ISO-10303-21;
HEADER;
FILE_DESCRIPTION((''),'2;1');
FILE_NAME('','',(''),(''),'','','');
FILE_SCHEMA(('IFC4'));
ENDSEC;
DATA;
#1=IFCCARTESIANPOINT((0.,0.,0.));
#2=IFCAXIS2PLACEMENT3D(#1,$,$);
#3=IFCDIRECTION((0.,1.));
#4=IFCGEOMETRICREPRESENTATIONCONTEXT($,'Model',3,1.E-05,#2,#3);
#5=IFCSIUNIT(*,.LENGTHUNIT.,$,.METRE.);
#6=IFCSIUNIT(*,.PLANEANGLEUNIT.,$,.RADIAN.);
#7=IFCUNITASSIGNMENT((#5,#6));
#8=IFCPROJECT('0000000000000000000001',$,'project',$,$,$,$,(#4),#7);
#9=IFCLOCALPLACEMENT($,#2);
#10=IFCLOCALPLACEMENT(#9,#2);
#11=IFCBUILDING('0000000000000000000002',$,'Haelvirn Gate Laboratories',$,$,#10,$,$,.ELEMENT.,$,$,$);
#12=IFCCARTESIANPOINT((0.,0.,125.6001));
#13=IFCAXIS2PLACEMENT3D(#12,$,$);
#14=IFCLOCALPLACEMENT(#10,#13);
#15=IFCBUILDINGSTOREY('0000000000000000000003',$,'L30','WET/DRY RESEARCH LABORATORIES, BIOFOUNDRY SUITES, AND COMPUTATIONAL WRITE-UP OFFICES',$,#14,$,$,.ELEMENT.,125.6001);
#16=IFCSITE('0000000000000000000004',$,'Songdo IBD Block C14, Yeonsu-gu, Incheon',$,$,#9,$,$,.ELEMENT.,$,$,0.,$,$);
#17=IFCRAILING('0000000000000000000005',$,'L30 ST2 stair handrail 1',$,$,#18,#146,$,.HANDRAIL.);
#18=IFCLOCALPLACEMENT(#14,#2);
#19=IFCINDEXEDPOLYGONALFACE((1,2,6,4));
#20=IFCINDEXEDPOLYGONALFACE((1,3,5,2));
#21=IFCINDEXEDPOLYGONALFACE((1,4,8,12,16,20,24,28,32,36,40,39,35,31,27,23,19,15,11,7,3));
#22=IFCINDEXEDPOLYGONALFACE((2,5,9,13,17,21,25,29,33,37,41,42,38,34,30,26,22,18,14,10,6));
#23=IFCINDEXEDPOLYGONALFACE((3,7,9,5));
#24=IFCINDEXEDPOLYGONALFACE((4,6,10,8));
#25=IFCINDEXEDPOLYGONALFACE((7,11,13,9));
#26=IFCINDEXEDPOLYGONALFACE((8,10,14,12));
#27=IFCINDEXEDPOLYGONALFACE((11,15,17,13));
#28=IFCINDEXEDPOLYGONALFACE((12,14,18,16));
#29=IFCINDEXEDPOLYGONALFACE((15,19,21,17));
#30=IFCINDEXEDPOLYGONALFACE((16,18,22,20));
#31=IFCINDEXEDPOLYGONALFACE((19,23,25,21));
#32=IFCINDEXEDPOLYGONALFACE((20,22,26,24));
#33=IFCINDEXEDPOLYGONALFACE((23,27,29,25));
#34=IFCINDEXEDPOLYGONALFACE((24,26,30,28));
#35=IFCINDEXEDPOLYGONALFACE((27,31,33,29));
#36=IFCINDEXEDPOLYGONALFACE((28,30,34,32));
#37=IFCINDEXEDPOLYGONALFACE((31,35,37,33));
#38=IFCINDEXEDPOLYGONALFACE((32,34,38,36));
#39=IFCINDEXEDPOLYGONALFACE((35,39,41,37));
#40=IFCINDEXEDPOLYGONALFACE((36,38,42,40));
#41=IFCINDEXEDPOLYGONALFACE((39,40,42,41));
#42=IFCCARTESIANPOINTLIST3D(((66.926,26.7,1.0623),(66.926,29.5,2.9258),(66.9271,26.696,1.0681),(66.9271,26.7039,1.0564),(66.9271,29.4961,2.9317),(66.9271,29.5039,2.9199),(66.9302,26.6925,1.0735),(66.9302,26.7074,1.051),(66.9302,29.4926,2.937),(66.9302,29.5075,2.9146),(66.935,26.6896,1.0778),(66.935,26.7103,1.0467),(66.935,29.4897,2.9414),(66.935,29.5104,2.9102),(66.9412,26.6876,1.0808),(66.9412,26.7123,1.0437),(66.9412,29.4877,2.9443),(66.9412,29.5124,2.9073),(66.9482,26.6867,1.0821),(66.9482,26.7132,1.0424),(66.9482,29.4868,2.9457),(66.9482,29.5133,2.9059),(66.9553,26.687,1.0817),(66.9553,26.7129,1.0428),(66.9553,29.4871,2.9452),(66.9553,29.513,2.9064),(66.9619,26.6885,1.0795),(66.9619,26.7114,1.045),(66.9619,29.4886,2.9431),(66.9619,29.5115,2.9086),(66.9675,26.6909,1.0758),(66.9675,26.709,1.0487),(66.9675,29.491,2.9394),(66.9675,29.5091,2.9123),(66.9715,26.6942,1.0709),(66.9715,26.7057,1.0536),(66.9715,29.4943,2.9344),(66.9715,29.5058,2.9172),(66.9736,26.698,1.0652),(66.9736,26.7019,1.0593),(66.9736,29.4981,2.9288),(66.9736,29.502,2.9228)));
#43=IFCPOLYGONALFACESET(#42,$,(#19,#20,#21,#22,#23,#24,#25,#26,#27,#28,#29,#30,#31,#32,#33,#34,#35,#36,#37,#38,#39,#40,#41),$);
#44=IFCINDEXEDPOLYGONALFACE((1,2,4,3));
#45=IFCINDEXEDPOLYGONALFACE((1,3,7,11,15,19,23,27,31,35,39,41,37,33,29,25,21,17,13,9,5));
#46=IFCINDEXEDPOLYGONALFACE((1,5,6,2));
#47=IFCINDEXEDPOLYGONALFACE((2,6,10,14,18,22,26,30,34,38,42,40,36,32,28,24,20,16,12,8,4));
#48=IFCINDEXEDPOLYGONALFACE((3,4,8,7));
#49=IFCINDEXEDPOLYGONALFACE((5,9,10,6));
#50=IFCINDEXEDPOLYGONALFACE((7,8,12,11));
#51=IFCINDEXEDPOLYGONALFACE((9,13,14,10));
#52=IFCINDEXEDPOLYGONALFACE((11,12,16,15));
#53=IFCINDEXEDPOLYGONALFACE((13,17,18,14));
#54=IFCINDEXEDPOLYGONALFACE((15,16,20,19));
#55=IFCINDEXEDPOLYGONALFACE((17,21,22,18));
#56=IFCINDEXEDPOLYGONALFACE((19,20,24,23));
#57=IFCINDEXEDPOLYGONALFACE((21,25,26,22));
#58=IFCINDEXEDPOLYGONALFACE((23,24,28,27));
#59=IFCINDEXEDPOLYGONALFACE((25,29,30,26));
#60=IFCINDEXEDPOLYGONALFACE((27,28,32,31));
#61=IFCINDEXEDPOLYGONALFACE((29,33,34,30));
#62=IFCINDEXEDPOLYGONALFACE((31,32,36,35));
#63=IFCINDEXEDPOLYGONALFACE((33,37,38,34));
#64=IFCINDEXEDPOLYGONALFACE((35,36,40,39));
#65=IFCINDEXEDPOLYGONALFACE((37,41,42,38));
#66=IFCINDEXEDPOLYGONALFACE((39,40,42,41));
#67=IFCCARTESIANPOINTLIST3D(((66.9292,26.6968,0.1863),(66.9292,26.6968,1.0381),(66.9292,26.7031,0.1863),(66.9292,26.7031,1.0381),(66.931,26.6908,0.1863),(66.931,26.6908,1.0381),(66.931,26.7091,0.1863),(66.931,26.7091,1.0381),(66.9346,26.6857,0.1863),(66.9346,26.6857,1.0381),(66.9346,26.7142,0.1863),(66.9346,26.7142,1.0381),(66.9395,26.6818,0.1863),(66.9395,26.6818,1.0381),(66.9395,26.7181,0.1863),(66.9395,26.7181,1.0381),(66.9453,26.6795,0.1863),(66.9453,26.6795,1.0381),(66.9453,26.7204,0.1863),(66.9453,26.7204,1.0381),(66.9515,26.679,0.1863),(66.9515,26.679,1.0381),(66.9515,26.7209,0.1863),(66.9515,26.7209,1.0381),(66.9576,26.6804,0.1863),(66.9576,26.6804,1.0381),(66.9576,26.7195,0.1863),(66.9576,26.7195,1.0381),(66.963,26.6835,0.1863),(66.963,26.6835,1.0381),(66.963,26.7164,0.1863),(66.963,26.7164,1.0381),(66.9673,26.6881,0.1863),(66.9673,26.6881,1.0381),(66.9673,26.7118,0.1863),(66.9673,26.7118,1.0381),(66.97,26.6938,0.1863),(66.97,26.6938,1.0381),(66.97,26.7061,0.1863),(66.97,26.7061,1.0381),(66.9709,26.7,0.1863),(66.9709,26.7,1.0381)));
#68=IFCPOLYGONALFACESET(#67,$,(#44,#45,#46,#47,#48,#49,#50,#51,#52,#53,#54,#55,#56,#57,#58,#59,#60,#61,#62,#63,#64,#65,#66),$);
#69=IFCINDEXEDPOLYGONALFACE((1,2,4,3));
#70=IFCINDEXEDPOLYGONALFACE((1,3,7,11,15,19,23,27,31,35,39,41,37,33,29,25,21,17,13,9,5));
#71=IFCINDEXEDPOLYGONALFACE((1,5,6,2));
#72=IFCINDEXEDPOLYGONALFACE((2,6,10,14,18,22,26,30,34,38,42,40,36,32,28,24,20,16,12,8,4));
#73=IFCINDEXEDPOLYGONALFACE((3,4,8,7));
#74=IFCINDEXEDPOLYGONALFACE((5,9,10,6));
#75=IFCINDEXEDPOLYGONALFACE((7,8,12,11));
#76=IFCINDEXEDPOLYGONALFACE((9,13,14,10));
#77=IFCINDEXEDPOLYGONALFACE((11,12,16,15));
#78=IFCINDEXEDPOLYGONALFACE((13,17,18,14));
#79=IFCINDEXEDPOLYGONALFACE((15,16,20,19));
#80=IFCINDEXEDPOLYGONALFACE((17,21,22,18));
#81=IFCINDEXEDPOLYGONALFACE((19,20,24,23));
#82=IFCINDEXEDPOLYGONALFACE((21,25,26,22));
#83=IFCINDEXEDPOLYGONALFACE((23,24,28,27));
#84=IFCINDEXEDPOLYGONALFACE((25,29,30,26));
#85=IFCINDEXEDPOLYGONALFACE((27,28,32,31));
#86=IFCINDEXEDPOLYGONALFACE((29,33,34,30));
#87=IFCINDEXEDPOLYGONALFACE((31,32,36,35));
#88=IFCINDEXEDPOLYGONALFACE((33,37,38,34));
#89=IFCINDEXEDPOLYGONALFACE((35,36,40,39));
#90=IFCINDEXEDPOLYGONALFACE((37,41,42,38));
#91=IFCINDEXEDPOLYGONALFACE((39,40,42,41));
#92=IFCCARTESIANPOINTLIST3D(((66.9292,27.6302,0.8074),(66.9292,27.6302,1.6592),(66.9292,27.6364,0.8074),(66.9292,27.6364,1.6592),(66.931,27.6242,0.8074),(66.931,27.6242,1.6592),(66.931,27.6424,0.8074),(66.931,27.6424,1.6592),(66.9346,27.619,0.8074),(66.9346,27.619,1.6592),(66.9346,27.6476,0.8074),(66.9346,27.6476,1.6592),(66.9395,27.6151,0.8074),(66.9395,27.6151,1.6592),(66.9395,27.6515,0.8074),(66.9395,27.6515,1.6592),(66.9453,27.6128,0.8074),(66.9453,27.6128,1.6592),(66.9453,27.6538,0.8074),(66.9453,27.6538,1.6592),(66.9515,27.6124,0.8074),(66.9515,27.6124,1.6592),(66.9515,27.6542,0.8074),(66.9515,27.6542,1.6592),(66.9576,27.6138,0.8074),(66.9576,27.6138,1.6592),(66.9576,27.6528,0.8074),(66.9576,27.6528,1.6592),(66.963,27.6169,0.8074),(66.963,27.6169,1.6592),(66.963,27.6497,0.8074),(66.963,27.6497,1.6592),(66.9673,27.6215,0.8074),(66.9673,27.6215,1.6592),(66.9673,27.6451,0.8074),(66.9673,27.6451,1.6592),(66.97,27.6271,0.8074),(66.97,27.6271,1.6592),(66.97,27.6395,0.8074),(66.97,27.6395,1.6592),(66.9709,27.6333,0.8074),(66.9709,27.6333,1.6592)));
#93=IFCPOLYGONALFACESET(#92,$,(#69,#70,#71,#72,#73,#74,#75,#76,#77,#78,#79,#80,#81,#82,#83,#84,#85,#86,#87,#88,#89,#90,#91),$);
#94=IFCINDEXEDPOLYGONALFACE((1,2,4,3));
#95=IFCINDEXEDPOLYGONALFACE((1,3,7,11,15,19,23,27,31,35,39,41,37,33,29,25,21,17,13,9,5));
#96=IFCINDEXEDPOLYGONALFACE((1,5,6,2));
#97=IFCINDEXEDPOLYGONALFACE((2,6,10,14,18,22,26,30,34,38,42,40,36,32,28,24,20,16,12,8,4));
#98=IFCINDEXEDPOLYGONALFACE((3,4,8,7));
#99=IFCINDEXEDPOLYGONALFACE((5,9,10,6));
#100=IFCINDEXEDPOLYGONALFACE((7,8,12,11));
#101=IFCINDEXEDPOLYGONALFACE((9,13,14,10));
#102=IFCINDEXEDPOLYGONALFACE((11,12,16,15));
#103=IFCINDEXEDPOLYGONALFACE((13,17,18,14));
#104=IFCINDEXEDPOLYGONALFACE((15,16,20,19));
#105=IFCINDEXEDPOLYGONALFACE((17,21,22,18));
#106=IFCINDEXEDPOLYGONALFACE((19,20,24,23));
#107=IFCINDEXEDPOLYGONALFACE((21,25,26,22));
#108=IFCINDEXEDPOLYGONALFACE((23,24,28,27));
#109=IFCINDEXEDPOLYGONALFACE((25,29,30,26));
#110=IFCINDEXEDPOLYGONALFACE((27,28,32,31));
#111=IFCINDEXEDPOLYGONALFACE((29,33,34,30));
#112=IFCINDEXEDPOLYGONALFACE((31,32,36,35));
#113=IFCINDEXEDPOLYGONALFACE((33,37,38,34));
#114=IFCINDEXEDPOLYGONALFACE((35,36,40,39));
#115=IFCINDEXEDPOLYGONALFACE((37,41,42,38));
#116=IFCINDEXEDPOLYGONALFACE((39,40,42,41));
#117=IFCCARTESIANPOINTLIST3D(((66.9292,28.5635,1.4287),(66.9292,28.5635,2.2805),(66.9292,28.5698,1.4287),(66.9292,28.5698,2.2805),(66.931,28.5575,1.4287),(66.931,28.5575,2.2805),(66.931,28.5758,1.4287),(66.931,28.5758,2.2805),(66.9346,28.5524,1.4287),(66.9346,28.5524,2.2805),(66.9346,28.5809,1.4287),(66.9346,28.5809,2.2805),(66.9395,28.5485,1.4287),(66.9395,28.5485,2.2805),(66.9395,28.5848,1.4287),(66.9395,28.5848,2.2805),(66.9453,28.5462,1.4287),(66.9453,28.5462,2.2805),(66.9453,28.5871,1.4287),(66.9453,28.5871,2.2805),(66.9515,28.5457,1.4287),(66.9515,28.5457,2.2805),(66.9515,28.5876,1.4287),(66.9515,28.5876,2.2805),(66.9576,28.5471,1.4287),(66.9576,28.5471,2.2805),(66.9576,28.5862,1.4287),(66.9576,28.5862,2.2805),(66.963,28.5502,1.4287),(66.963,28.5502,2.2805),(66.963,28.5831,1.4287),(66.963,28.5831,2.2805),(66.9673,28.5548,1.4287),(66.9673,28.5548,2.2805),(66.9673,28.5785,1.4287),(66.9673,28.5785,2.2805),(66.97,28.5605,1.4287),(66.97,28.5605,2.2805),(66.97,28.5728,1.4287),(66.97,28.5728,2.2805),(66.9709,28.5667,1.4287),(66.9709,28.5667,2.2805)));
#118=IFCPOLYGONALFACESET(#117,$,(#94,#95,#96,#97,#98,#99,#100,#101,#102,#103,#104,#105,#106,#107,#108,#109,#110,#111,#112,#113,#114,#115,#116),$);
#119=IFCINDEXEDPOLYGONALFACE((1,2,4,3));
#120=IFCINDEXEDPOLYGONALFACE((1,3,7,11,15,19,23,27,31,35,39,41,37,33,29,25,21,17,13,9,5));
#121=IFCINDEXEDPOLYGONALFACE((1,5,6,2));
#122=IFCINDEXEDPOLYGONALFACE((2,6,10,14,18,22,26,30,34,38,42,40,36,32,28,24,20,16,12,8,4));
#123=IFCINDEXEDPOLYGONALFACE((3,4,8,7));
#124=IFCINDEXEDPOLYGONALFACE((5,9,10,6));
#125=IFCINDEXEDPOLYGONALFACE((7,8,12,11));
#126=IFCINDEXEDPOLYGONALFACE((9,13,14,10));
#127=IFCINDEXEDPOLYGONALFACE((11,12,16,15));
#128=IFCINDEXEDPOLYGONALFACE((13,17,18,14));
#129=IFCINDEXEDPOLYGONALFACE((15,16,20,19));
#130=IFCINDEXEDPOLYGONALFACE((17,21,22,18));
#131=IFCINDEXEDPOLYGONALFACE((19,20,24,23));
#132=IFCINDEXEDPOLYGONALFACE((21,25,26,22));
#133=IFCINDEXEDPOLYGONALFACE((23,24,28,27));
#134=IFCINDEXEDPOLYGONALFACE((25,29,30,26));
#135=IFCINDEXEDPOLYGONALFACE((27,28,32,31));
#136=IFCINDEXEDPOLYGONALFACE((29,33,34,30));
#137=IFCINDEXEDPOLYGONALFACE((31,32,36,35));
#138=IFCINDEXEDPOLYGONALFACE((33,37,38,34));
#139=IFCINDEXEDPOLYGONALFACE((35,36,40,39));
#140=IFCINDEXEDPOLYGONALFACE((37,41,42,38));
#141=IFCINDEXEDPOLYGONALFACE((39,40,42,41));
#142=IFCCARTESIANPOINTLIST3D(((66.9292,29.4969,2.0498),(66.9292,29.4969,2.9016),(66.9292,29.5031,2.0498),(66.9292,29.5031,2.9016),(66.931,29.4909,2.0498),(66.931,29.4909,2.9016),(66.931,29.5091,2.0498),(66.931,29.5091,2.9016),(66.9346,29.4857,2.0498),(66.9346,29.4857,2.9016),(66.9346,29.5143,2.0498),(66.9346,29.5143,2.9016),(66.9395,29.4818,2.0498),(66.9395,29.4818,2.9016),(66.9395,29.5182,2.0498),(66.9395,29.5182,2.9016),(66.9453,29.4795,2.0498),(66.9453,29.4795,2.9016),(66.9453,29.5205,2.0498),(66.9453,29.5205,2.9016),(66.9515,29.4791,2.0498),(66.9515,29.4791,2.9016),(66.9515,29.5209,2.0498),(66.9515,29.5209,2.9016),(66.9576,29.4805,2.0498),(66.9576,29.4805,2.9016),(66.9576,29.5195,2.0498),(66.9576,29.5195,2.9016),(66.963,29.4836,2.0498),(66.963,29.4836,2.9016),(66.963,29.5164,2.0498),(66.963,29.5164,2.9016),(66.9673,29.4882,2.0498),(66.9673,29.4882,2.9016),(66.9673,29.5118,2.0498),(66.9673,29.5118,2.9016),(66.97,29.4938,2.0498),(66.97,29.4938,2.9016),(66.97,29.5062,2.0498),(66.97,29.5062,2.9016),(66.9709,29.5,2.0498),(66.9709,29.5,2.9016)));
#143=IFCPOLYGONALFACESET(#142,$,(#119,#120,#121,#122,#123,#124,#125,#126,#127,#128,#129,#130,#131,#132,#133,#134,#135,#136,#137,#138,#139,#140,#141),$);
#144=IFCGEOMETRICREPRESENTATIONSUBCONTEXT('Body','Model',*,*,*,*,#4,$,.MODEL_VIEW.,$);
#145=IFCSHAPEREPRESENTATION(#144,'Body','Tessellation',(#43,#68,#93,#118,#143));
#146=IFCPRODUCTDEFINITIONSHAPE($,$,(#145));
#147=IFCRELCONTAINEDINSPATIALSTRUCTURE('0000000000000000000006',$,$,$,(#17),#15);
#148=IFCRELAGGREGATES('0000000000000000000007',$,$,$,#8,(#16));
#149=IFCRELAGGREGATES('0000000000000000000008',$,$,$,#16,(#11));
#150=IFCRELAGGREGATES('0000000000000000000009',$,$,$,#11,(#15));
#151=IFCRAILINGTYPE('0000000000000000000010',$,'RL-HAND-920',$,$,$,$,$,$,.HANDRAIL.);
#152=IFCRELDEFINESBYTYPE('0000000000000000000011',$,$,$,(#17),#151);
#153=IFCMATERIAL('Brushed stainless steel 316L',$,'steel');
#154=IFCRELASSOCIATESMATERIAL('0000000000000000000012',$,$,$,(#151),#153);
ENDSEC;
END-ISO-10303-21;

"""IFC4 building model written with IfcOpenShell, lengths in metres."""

from ifc_helpers import new_model, si_unit, direction, frame, origin, origin_2d, place, context, subcontext, project, spatial, circle, extrude, source, transform, mapped, material, type_object, element, save


model = new_model("IFC4")

# Units and contexts
model_context = context("Model", 3, precision=1e-05, world=origin(), true_north=direction((0.0, 1.0)))
body_context = subcontext(model_context, "Body", "Model", "MODEL_VIEW")
ifc_project = project(units=[si_unit("LENGTHUNIT", "METRE"), si_unit("PLANEANGLEUNIT", "RADIAN")], contexts=[model_context])

# Site, building, storey
site_placement = place(None, origin())
site = spatial("IfcSite", under=ifc_project, at=site_placement, Name="Songdo IBD Block C14, Yeonsu-gu, Incheon", CompositionType="ELEMENT", RefElevation=0.0)
building_placement = place(site_placement, origin())
building = spatial("IfcBuilding", under=site, at=building_placement, Name="Haelvirn Gate Laboratories", CompositionType="ELEMENT")
storey_placement = place(building_placement, frame((0.0, 0.0, 125.6001)))
storey = spatial("IfcBuildingStorey", under=building, at=storey_placement, Name="L30", Description="WET/DRY RESEARCH LABORATORIES, BIOFOUNDRY SUITES, AND COMPUTATIONAL WRITE-UP OFFICES", CompositionType="ELEMENT", Elevation=125.6001)

# Railing
ifc_material_1 = material(Name="Brushed stainless steel 316L", Category="steel")
railing_type_1 = type_object("IfcRailingType", Name="RL-HAND-920", PredefinedType="HANDRAIL", material=ifc_material_1)
shared_shape_1 = source(origin(), body_context, "Body", "SweptSolid", [
    extrude(circle(Radius=0.0239, at=origin_2d()), frame((0.0, 0.0, 0.876), z_axis=(0.0, 0.832486, 0.554047), x_axis=(-1.0, 0.0, 0.0)), (0.0, 0.0, 1.0), 3.3635),
    extrude(circle(Radius=0.021, at=origin_2d()), origin(), (0.0, 0.0, 1.0), 0.8518),
    extrude(circle(Radius=0.021, at=origin_2d()), frame((0.0, 0.9333, 0.6211)), (0.0, 0.0, 1.0), 0.8518),
    extrude(circle(Radius=0.021, at=origin_2d()), frame((0.0, 1.8667, 1.2424)), (0.0, 0.0, 1.0), 0.8518),
    extrude(circle(Radius=0.021, at=origin_2d()), frame((0.0, 2.8, 1.8635)), (0.0, 0.0, 1.0), 0.8518),
])
railing_1_placement = place(storey_placement, frame((66.95, 26.7, 0.1863)))
element("IfcRailing", 1, at=railing_1_placement, inside=storey, type_object=railing_type_1, Name="L30 ST2 stair handrail 1", PredefinedType="HANDRAIL", context=body_context, shape_type="MappedRepresentation", body=[
    mapped(shared_shape_1, transform((0.0, 0.0, 0.0), scale=1.0)),
])

save(model, "model.ifc")
